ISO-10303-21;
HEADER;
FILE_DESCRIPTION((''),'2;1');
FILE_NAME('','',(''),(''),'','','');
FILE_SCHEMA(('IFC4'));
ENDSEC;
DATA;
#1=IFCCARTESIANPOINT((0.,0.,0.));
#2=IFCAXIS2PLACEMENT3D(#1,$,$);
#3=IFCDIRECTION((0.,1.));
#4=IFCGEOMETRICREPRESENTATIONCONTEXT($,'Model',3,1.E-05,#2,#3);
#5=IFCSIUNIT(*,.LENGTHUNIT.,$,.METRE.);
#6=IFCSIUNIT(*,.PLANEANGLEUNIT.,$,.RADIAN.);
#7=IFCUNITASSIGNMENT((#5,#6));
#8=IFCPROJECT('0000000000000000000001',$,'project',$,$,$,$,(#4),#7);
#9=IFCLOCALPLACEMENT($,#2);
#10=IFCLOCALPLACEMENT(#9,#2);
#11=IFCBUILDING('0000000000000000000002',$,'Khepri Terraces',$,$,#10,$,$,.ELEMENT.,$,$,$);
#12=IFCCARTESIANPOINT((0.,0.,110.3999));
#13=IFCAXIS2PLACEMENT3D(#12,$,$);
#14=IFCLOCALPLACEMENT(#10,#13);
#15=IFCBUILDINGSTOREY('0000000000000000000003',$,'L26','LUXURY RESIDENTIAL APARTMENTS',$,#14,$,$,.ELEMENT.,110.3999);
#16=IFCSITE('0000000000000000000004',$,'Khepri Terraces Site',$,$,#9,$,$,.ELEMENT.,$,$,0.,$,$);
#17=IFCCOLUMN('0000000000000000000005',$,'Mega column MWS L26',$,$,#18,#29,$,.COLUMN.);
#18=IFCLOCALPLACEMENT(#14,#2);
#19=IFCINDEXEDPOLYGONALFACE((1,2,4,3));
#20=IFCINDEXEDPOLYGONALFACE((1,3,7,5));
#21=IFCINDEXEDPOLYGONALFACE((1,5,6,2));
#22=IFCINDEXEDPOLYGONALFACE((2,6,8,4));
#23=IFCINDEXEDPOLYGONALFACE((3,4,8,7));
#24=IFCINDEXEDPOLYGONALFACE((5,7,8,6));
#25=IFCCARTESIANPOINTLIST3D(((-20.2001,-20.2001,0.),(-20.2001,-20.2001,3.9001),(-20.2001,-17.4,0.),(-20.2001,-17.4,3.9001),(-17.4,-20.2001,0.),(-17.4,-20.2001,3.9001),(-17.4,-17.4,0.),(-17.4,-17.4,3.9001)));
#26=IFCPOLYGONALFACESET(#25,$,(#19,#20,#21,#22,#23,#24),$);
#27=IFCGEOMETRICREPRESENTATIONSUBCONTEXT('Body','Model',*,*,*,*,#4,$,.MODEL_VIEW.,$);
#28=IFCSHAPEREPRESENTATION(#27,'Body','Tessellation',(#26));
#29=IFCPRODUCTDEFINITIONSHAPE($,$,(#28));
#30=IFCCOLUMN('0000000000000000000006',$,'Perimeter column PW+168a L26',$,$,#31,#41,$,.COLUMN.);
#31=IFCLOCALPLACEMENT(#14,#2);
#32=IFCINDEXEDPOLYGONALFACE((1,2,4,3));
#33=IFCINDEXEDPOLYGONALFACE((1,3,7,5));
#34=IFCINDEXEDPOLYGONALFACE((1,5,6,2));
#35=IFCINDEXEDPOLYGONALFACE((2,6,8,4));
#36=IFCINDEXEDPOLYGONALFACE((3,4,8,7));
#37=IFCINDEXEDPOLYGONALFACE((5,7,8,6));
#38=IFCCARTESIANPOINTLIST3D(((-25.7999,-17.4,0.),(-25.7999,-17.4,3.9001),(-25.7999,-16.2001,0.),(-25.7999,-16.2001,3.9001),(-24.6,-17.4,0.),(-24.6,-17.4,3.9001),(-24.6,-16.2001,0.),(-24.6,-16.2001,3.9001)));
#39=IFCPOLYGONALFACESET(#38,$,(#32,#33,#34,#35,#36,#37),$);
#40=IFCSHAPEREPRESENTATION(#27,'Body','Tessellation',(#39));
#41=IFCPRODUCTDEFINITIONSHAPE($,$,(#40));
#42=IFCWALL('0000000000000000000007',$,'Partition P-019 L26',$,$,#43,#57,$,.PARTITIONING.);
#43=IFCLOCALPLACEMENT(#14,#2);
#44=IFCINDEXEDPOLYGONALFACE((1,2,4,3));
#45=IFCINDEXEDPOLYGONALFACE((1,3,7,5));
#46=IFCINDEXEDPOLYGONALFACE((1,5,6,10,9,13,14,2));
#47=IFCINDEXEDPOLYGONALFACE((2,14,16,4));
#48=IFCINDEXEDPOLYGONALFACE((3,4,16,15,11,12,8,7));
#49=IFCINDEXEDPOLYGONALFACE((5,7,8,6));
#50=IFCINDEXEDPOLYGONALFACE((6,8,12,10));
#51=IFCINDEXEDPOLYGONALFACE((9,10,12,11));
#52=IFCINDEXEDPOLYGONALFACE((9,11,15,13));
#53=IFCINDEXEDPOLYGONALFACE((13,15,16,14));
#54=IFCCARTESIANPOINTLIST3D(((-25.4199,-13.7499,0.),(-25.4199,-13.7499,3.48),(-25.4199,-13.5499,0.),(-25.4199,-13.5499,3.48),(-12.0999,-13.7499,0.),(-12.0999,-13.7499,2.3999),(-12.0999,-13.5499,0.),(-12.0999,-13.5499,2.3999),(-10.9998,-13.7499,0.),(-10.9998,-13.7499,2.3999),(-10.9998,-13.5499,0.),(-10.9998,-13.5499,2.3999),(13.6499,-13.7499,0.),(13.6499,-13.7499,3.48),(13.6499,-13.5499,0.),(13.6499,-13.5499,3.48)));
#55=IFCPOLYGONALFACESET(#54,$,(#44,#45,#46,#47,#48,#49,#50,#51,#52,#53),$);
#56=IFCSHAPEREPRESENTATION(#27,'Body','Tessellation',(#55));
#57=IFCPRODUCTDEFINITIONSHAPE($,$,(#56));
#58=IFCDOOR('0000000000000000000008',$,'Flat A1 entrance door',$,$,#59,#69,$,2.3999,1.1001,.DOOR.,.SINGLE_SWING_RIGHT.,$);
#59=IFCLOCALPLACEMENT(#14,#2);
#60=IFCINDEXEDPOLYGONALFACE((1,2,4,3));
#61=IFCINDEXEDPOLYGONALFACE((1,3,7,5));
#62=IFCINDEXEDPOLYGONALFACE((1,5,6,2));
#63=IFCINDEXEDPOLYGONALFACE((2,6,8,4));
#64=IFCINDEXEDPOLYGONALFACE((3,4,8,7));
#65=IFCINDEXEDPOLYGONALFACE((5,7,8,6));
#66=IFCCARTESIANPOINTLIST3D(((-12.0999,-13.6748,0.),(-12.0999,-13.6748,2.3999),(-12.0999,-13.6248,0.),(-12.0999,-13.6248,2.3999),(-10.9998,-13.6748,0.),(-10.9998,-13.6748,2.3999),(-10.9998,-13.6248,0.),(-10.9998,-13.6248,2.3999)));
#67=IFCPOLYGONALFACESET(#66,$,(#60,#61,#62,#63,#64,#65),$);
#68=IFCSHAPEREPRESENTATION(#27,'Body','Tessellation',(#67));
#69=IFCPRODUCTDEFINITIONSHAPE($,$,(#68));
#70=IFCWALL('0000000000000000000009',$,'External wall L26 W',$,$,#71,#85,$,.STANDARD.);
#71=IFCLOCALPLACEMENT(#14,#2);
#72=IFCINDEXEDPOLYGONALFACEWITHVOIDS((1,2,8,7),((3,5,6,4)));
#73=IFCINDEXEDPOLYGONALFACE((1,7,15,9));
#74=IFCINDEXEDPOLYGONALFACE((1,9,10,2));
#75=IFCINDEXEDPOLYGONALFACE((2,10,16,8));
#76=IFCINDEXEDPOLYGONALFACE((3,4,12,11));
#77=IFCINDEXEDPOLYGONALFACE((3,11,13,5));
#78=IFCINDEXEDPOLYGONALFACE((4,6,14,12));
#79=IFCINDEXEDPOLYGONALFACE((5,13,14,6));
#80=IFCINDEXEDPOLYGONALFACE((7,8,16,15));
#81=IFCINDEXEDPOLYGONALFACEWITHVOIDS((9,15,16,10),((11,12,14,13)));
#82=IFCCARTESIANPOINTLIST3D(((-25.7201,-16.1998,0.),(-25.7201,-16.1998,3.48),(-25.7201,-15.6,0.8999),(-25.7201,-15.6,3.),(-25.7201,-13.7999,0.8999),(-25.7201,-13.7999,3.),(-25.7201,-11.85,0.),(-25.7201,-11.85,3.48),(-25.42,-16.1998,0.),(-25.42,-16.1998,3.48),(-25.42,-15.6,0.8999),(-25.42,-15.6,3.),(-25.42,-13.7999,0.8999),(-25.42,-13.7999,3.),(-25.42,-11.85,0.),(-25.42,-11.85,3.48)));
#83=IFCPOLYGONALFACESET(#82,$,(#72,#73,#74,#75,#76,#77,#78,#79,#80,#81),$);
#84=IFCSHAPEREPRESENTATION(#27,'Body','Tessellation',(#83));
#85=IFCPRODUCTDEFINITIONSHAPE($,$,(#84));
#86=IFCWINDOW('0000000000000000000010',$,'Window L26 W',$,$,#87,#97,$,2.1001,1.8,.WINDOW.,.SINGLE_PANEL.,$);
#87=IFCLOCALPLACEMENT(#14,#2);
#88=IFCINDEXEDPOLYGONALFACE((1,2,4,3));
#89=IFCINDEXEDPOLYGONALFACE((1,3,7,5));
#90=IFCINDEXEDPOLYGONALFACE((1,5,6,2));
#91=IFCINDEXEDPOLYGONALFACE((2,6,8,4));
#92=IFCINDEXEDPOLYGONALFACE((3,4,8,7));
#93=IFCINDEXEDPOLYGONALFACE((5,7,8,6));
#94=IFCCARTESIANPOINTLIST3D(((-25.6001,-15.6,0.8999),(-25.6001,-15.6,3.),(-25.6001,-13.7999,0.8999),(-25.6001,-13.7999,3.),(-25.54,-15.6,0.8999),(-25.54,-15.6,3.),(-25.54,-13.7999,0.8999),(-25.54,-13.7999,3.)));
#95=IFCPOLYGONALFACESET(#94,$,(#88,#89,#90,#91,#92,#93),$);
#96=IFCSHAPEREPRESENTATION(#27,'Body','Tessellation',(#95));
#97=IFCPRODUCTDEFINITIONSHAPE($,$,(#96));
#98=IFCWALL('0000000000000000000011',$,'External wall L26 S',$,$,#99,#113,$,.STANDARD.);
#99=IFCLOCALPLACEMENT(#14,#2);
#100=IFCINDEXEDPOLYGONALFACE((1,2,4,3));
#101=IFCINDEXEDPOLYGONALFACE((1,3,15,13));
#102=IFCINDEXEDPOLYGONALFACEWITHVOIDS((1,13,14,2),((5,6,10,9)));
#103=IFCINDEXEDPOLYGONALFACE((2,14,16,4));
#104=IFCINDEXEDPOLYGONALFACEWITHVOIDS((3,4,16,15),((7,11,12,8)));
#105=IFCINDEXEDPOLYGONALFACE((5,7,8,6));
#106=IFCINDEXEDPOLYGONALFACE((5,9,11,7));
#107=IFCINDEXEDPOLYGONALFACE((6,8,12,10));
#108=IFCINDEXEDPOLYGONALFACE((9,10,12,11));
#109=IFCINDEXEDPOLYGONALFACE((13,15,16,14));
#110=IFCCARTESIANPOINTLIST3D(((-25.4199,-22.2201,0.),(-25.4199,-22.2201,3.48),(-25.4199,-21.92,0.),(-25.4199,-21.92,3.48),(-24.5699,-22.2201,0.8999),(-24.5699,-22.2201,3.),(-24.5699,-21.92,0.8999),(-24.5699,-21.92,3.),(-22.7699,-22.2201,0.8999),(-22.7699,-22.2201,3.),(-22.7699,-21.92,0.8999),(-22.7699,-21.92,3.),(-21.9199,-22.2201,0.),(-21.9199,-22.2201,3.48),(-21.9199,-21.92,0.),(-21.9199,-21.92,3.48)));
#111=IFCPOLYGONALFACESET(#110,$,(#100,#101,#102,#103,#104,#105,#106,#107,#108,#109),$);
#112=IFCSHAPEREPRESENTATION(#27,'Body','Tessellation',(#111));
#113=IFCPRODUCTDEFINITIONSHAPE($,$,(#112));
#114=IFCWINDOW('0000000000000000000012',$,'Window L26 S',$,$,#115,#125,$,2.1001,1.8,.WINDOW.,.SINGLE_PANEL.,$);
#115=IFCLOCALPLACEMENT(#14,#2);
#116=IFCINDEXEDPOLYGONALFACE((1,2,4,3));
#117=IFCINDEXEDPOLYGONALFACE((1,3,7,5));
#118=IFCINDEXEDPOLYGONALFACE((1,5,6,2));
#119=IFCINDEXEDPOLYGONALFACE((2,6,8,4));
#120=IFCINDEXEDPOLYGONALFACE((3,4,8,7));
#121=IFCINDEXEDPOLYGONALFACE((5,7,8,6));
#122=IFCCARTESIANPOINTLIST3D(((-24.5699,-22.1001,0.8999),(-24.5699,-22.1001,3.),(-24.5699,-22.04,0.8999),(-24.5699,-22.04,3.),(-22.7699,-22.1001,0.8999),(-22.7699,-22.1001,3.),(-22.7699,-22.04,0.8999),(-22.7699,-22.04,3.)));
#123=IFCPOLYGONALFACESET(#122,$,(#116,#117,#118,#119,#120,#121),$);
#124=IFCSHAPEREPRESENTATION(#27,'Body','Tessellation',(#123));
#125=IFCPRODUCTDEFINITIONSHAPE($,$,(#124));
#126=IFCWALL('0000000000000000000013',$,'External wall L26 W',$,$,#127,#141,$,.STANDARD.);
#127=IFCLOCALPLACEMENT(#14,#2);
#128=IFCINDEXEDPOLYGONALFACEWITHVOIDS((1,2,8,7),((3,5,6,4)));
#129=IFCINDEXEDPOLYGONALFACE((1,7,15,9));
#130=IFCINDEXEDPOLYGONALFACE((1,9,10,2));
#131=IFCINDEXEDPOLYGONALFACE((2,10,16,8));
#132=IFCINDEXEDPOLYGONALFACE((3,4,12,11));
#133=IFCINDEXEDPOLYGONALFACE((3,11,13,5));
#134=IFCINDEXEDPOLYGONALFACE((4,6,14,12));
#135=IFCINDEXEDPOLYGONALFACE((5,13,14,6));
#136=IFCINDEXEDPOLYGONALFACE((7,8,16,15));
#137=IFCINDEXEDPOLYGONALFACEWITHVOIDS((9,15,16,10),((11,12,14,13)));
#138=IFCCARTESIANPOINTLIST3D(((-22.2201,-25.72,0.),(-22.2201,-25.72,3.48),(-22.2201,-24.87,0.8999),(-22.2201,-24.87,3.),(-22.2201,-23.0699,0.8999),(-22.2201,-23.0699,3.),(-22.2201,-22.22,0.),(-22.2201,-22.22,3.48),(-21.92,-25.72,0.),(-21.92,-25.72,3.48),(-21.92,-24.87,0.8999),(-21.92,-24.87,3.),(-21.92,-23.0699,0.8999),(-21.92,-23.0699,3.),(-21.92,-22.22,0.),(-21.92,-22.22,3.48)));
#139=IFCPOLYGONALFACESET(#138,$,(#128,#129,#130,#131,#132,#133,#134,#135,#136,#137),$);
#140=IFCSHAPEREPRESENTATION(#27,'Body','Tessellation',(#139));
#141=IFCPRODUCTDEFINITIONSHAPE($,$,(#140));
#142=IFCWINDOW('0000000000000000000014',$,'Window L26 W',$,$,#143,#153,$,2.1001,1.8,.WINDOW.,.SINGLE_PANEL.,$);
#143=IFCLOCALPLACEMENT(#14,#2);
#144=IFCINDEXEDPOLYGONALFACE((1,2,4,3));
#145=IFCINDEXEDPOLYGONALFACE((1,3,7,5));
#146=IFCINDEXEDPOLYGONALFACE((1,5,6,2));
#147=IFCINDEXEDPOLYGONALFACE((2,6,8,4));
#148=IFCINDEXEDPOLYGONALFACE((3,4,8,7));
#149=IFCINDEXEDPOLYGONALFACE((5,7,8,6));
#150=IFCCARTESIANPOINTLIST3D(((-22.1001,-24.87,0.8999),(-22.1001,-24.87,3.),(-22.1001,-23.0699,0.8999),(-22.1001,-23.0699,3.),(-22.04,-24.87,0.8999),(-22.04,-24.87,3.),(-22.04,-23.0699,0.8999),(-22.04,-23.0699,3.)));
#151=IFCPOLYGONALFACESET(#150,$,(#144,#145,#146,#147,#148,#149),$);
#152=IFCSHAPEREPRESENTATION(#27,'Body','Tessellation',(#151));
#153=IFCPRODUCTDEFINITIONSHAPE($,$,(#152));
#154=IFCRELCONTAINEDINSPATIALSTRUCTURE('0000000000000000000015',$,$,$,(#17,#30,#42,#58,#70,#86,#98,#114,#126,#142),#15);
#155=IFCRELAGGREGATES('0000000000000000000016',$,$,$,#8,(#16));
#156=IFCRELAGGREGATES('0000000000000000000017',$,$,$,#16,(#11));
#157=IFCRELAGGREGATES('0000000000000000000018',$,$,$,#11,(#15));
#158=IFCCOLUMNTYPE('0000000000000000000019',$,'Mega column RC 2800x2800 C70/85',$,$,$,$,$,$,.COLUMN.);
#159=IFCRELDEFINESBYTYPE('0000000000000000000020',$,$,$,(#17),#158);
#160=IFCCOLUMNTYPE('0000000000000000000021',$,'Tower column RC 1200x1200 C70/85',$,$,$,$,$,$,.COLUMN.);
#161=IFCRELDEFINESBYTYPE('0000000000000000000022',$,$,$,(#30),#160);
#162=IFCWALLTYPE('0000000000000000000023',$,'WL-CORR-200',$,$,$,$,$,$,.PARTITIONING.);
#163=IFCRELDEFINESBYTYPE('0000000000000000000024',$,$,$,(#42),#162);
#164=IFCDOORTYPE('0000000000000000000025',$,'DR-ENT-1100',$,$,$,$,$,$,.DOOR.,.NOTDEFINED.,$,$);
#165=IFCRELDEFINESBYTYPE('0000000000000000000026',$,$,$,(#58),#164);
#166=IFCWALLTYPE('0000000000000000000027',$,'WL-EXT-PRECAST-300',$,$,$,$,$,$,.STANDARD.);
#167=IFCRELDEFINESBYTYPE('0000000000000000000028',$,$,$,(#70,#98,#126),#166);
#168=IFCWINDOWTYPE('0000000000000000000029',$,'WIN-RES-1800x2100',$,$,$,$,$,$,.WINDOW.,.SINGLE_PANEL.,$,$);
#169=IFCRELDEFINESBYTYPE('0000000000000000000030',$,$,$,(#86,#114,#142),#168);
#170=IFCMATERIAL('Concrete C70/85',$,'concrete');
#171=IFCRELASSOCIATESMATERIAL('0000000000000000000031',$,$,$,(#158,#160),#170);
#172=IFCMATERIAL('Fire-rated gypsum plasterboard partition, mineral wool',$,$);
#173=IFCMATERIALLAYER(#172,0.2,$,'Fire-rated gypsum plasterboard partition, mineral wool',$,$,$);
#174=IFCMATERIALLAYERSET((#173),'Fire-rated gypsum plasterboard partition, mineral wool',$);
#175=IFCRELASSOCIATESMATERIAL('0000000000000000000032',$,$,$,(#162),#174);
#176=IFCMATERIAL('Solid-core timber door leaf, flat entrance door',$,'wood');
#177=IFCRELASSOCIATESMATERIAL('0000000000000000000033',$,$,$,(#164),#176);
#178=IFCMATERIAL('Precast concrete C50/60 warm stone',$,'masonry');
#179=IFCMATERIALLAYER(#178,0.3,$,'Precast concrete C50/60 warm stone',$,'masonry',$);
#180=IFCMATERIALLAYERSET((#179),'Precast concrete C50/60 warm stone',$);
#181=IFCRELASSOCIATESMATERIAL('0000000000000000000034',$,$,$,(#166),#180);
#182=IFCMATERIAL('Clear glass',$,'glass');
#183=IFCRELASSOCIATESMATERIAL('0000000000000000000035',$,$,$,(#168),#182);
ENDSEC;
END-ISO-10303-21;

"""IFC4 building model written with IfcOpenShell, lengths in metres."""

from ifc_helpers import new_model, si_unit, direction, frame, frame_2d, origin, origin_2d, place, context, subcontext, project, spatial, rectangle, extrude, material, layer, layer_set, material_profile, profile_set, type_object, element, fill, save


model = new_model("IFC4")

# Units and contexts
model_context = context("Model", 3, precision=1e-05, world=origin(), true_north=direction((0.0, 1.0)))
body_context = subcontext(model_context, "Body", "Model", "MODEL_VIEW")
ifc_project = project(units=[si_unit("LENGTHUNIT", "METRE"), si_unit("PLANEANGLEUNIT", "RADIAN")], contexts=[model_context])

# Site, building, storey
site_placement = place(None, origin())
site = spatial("IfcSite", under=ifc_project, at=site_placement, Name="Khepri Terraces Site", CompositionType="ELEMENT", RefElevation=0.0)
building_placement = place(site_placement, origin())
building = spatial("IfcBuilding", under=site, at=building_placement, Name="Khepri Terraces", CompositionType="ELEMENT")
storey_placement = place(building_placement, frame((0.0, 0.0, 110.3999)))
storey = spatial("IfcBuildingStorey", under=building, at=storey_placement, Name="L26", Description="LUXURY RESIDENTIAL APARTMENTS", CompositionType="ELEMENT", Elevation=110.3999)

# Columns
ifc_material_1 = material(Name="Concrete C70/85", Category="concrete")
ifc_material_profile_1 = material_profile(ifc_material_1, rectangle(XDim=2.8, YDim=2.8, at=origin_2d()), Name="Concrete C70/85", Category="concrete")
ifc_profile_set_1 = profile_set([ifc_material_profile_1], Name="Concrete C70/85")
column_type_1 = type_object("IfcColumnType", Name="Mega column RC 2800x2800 C70/85", PredefinedType="COLUMN", material=ifc_profile_set_1)
column_1_placement = place(storey_placement, frame((-18.8, -18.8, 0.0), z_axis=(0.0, 0.0, 1.0), x_axis=(1.0, 0.0, 0.0)))
element("IfcColumn", 1, at=column_1_placement, inside=storey, type_object=column_type_1, Name="Mega column MWS L26", PredefinedType="COLUMN", context=body_context, shape_type="SweptSolid", body=[
    extrude(rectangle(XDim=2.8, YDim=2.8, at=origin_2d()), origin(), (0.0, 0.0, 1.0), 3.9001),
])
ifc_material_profile_2 = material_profile(ifc_material_1, rectangle(XDim=1.2, YDim=1.2, at=origin_2d()), Name="Concrete C70/85", Category="concrete")
ifc_profile_set_2 = profile_set([ifc_material_profile_2], Name="Concrete C70/85")
column_type_2 = type_object("IfcColumnType", Name="Tower column RC 1200x1200 C70/85", PredefinedType="COLUMN", material=ifc_profile_set_2)
column_2_placement = place(storey_placement, frame((-25.2, -16.8, 0.0), z_axis=(0.0, 0.0, 1.0), x_axis=(1.0, 0.0, 0.0)))
element("IfcColumn", 2, at=column_2_placement, inside=storey, type_object=column_type_2, Name="Perimeter column PW+168a L26", PredefinedType="COLUMN", context=body_context, shape_type="SweptSolid", body=[
    extrude(rectangle(XDim=1.2, YDim=1.2, at=origin_2d()), origin(), (0.0, 0.0, 1.0), 3.9001),
])

# Wall, opening, door
ifc_material_2 = material(Name="Fire-rated gypsum plasterboard partition, mineral wool")
ifc_layer_1 = layer(ifc_material_2, 0.2, Name="Fire-rated gypsum plasterboard partition, mineral wool")
ifc_layer_set_1 = layer_set([ifc_layer_1], Name="Fire-rated gypsum plasterboard partition, mineral wool")
wall_type_1 = type_object("IfcWallType", Name="WL-CORR-200", PredefinedType="PARTITIONING", material=ifc_layer_set_1)
wall_1_placement = place(storey_placement, frame((-25.4199, -13.6499, 0.0), z_axis=(0.0, 0.0, 1.0), x_axis=(1.0, 0.0, 0.0)))
wall_1 = element("IfcWall", 3, at=wall_1_placement, inside=storey, type_object=wall_type_1, Name="Partition P-019 L26", PredefinedType="PARTITIONING", context=body_context, shape_type="SweptSolid", body=[
    extrude(rectangle(XDim=39.0698, YDim=0.2, at=frame_2d((19.5349, 0.0))), origin(), (0.0, 0.0, 1.0), 3.48),
])
opening_1_placement = place(wall_1_placement, frame((13.3201, 0.0, 0.0)))
opening_1 = element("IfcOpeningElement", 4, at=opening_1_placement, cuts=wall_1, PredefinedType="OPENING", context=body_context, shape_type="SweptSolid", body=[
    extrude(rectangle(XDim=1.1001, YDim=2.3999, at=frame_2d((0.55, 1.2))), frame((0.0, 0.1099, 0.0), z_axis=(0.0, -1.0, 0.0), x_axis=(1.0, 0.0, 0.0)), (0.0, 0.0, 1.0), 0.22),
])
ifc_material_3 = material(Name="Solid-core timber door leaf, flat entrance door", Category="wood")
door_type_1 = type_object("IfcDoorType", Name="DR-ENT-1100", OperationType="NOTDEFINED", PredefinedType="DOOR", material=ifc_material_3)
door_1_placement = place(opening_1_placement, frame((1.1001, 0.0, 0.0), z_axis=(0.0, 0.0, 1.0), x_axis=(-1.0, 0.0, 0.0)))
door_1 = element("IfcDoor", 5, at=door_1_placement, inside=storey, type_object=door_type_1, Name="Flat A1 entrance door", OperationType="SINGLE_SWING_RIGHT", OverallHeight=2.3999, OverallWidth=1.1001, PredefinedType="DOOR", context=body_context, shape_type="SweptSolid", body=[
    extrude(rectangle(XDim=1.1001, YDim=2.3999, at=frame_2d((0.55, 1.2))), frame((0.0, 0.0249, 0.0), z_axis=(0.0, -1.0, 0.0), x_axis=(1.0, 0.0, 0.0)), (0.0, 0.0, 1.0), 0.05),
])
fill(opening_1, door_1)
ifc_material_4 = material(Name="Precast concrete C50/60 warm stone", Category="masonry")
ifc_layer_2 = layer(ifc_material_4, 0.3, Name="Precast concrete C50/60 warm stone", Category="masonry")
ifc_layer_set_2 = layer_set([ifc_layer_2], Name="Precast concrete C50/60 warm stone")
wall_type_2 = type_object("IfcWallType", Name="WL-EXT-PRECAST-300", PredefinedType="STANDARD", material=ifc_layer_set_2)

# Wall, opening, window
wall_2_placement = place(storey_placement, frame((-25.5701, -11.8501, 0.0), z_axis=(0.0, 0.0, 1.0), x_axis=(0.0, -1.0, 0.0)))
wall_2 = element("IfcWall", 6, at=wall_2_placement, inside=storey, type_object=wall_type_2, Name="External wall L26 W", PredefinedType="STANDARD", context=body_context, shape_type="SweptSolid", body=[
    extrude(rectangle(XDim=4.3499, YDim=0.3, at=frame_2d((2.1748, 0.0))), origin(), (0.0, 0.0, 1.0), 3.48),
])
opening_2_placement = place(wall_2_placement, frame((1.95, 0.0, 0.8999)))
opening_2 = element("IfcOpeningElement", 7, at=opening_2_placement, cuts=wall_2, PredefinedType="OPENING", context=body_context, shape_type="SweptSolid", body=[
    extrude(rectangle(XDim=1.8, YDim=2.1001, at=frame_2d((0.8999, 1.05))), frame((0.0, 0.1602, 0.0), z_axis=(0.0, -1.0, 0.0), x_axis=(1.0, 0.0, 0.0)), (0.0, 0.0, 1.0), 0.3201),
])
ifc_material_5 = material(Name="Clear glass", Category="glass")
window_type = type_object("IfcWindowType", Name="WIN-RES-1800x2100", PartitioningType="SINGLE_PANEL", PredefinedType="WINDOW", material=ifc_material_5)
window_1_placement = place(opening_2_placement, origin())
window_1 = element("IfcWindow", 8, at=window_1_placement, inside=storey, type_object=window_type, Name="Window L26 W", OverallHeight=2.1001, OverallWidth=1.8, PartitioningType="SINGLE_PANEL", PredefinedType="WINDOW", context=body_context, shape_type="SweptSolid", body=[
    extrude(rectangle(XDim=1.8, YDim=2.1001, at=frame_2d((0.8999, 1.05))), frame((0.0, 0.03, 0.0), z_axis=(0.0, -1.0, 0.0), x_axis=(1.0, 0.0, 0.0)), (0.0, 0.0, 1.0), 0.0601),
])
fill(opening_2, window_1)

# Walls, openings, windows
wall_3_placement = place(storey_placement, frame((-25.4199, -22.0701, 0.0), z_axis=(0.0, 0.0, 1.0), x_axis=(1.0, 0.0, 0.0)))
wall_3 = element("IfcWall", 9, at=wall_3_placement, inside=storey, type_object=wall_type_2, Name="External wall L26 S", PredefinedType="STANDARD", context=body_context, shape_type="SweptSolid", body=[
    extrude(rectangle(XDim=3.5, YDim=0.3, at=frame_2d((1.75, 0.0))), origin(), (0.0, 0.0, 1.0), 3.48),
])
opening_3_placement = place(wall_3_placement, frame((0.8501, 0.0, 0.8999)))
opening_3 = element("IfcOpeningElement", 10, at=opening_3_placement, cuts=wall_3, PredefinedType="OPENING", context=body_context, shape_type="SweptSolid", body=[
    extrude(rectangle(XDim=1.8, YDim=2.1001, at=frame_2d((0.8999, 1.05))), frame((0.0, 0.1602, 0.0), z_axis=(0.0, -1.0, 0.0), x_axis=(1.0, 0.0, 0.0)), (0.0, 0.0, 1.0), 0.3201),
])
window_2_placement = place(opening_3_placement, origin())
window_2 = element("IfcWindow", 11, at=window_2_placement, inside=storey, type_object=window_type, Name="Window L26 S", OverallHeight=2.1001, OverallWidth=1.8, PartitioningType="SINGLE_PANEL", PredefinedType="WINDOW", context=body_context, shape_type="SweptSolid", body=[
    extrude(rectangle(XDim=1.8, YDim=2.1001, at=frame_2d((0.8999, 1.05))), frame((0.0, 0.03, 0.0), z_axis=(0.0, -1.0, 0.0), x_axis=(1.0, 0.0, 0.0)), (0.0, 0.0, 1.0), 0.0601),
])
fill(opening_3, window_2)
wall_4_placement = place(storey_placement, frame((-22.0701, -22.22, 0.0), z_axis=(0.0, 0.0, 1.0), x_axis=(0.0, -1.0, 0.0)))
wall_4 = element("IfcWall", 12, at=wall_4_placement, inside=storey, type_object=wall_type_2, Name="External wall L26 W", PredefinedType="STANDARD", context=body_context, shape_type="SweptSolid", body=[
    extrude(rectangle(XDim=3.5, YDim=0.3, at=frame_2d((1.75, 0.0))), origin(), (0.0, 0.0, 1.0), 3.48),
])
opening_4_placement = place(wall_4_placement, frame((0.8501, 0.0, 0.8999)))
opening_4 = element("IfcOpeningElement", 13, at=opening_4_placement, cuts=wall_4, PredefinedType="OPENING", context=body_context, shape_type="SweptSolid", body=[
    extrude(rectangle(XDim=1.8, YDim=2.1001, at=frame_2d((0.8999, 1.05))), frame((0.0, 0.1602, 0.0), z_axis=(0.0, -1.0, 0.0), x_axis=(1.0, 0.0, 0.0)), (0.0, 0.0, 1.0), 0.3201),
])
window_3_placement = place(opening_4_placement, origin())
window_3 = element("IfcWindow", 14, at=window_3_placement, inside=storey, type_object=window_type, Name="Window L26 W", OverallHeight=2.1001, OverallWidth=1.8, PartitioningType="SINGLE_PANEL", PredefinedType="WINDOW", context=body_context, shape_type="SweptSolid", body=[
    extrude(rectangle(XDim=1.8, YDim=2.1001, at=frame_2d((0.8999, 1.05))), frame((0.0, 0.03, 0.0), z_axis=(0.0, -1.0, 0.0), x_axis=(1.0, 0.0, 0.0)), (0.0, 0.0, 1.0), 0.0601),
])
fill(opening_4, window_3)

save(model, "model.ifc")
